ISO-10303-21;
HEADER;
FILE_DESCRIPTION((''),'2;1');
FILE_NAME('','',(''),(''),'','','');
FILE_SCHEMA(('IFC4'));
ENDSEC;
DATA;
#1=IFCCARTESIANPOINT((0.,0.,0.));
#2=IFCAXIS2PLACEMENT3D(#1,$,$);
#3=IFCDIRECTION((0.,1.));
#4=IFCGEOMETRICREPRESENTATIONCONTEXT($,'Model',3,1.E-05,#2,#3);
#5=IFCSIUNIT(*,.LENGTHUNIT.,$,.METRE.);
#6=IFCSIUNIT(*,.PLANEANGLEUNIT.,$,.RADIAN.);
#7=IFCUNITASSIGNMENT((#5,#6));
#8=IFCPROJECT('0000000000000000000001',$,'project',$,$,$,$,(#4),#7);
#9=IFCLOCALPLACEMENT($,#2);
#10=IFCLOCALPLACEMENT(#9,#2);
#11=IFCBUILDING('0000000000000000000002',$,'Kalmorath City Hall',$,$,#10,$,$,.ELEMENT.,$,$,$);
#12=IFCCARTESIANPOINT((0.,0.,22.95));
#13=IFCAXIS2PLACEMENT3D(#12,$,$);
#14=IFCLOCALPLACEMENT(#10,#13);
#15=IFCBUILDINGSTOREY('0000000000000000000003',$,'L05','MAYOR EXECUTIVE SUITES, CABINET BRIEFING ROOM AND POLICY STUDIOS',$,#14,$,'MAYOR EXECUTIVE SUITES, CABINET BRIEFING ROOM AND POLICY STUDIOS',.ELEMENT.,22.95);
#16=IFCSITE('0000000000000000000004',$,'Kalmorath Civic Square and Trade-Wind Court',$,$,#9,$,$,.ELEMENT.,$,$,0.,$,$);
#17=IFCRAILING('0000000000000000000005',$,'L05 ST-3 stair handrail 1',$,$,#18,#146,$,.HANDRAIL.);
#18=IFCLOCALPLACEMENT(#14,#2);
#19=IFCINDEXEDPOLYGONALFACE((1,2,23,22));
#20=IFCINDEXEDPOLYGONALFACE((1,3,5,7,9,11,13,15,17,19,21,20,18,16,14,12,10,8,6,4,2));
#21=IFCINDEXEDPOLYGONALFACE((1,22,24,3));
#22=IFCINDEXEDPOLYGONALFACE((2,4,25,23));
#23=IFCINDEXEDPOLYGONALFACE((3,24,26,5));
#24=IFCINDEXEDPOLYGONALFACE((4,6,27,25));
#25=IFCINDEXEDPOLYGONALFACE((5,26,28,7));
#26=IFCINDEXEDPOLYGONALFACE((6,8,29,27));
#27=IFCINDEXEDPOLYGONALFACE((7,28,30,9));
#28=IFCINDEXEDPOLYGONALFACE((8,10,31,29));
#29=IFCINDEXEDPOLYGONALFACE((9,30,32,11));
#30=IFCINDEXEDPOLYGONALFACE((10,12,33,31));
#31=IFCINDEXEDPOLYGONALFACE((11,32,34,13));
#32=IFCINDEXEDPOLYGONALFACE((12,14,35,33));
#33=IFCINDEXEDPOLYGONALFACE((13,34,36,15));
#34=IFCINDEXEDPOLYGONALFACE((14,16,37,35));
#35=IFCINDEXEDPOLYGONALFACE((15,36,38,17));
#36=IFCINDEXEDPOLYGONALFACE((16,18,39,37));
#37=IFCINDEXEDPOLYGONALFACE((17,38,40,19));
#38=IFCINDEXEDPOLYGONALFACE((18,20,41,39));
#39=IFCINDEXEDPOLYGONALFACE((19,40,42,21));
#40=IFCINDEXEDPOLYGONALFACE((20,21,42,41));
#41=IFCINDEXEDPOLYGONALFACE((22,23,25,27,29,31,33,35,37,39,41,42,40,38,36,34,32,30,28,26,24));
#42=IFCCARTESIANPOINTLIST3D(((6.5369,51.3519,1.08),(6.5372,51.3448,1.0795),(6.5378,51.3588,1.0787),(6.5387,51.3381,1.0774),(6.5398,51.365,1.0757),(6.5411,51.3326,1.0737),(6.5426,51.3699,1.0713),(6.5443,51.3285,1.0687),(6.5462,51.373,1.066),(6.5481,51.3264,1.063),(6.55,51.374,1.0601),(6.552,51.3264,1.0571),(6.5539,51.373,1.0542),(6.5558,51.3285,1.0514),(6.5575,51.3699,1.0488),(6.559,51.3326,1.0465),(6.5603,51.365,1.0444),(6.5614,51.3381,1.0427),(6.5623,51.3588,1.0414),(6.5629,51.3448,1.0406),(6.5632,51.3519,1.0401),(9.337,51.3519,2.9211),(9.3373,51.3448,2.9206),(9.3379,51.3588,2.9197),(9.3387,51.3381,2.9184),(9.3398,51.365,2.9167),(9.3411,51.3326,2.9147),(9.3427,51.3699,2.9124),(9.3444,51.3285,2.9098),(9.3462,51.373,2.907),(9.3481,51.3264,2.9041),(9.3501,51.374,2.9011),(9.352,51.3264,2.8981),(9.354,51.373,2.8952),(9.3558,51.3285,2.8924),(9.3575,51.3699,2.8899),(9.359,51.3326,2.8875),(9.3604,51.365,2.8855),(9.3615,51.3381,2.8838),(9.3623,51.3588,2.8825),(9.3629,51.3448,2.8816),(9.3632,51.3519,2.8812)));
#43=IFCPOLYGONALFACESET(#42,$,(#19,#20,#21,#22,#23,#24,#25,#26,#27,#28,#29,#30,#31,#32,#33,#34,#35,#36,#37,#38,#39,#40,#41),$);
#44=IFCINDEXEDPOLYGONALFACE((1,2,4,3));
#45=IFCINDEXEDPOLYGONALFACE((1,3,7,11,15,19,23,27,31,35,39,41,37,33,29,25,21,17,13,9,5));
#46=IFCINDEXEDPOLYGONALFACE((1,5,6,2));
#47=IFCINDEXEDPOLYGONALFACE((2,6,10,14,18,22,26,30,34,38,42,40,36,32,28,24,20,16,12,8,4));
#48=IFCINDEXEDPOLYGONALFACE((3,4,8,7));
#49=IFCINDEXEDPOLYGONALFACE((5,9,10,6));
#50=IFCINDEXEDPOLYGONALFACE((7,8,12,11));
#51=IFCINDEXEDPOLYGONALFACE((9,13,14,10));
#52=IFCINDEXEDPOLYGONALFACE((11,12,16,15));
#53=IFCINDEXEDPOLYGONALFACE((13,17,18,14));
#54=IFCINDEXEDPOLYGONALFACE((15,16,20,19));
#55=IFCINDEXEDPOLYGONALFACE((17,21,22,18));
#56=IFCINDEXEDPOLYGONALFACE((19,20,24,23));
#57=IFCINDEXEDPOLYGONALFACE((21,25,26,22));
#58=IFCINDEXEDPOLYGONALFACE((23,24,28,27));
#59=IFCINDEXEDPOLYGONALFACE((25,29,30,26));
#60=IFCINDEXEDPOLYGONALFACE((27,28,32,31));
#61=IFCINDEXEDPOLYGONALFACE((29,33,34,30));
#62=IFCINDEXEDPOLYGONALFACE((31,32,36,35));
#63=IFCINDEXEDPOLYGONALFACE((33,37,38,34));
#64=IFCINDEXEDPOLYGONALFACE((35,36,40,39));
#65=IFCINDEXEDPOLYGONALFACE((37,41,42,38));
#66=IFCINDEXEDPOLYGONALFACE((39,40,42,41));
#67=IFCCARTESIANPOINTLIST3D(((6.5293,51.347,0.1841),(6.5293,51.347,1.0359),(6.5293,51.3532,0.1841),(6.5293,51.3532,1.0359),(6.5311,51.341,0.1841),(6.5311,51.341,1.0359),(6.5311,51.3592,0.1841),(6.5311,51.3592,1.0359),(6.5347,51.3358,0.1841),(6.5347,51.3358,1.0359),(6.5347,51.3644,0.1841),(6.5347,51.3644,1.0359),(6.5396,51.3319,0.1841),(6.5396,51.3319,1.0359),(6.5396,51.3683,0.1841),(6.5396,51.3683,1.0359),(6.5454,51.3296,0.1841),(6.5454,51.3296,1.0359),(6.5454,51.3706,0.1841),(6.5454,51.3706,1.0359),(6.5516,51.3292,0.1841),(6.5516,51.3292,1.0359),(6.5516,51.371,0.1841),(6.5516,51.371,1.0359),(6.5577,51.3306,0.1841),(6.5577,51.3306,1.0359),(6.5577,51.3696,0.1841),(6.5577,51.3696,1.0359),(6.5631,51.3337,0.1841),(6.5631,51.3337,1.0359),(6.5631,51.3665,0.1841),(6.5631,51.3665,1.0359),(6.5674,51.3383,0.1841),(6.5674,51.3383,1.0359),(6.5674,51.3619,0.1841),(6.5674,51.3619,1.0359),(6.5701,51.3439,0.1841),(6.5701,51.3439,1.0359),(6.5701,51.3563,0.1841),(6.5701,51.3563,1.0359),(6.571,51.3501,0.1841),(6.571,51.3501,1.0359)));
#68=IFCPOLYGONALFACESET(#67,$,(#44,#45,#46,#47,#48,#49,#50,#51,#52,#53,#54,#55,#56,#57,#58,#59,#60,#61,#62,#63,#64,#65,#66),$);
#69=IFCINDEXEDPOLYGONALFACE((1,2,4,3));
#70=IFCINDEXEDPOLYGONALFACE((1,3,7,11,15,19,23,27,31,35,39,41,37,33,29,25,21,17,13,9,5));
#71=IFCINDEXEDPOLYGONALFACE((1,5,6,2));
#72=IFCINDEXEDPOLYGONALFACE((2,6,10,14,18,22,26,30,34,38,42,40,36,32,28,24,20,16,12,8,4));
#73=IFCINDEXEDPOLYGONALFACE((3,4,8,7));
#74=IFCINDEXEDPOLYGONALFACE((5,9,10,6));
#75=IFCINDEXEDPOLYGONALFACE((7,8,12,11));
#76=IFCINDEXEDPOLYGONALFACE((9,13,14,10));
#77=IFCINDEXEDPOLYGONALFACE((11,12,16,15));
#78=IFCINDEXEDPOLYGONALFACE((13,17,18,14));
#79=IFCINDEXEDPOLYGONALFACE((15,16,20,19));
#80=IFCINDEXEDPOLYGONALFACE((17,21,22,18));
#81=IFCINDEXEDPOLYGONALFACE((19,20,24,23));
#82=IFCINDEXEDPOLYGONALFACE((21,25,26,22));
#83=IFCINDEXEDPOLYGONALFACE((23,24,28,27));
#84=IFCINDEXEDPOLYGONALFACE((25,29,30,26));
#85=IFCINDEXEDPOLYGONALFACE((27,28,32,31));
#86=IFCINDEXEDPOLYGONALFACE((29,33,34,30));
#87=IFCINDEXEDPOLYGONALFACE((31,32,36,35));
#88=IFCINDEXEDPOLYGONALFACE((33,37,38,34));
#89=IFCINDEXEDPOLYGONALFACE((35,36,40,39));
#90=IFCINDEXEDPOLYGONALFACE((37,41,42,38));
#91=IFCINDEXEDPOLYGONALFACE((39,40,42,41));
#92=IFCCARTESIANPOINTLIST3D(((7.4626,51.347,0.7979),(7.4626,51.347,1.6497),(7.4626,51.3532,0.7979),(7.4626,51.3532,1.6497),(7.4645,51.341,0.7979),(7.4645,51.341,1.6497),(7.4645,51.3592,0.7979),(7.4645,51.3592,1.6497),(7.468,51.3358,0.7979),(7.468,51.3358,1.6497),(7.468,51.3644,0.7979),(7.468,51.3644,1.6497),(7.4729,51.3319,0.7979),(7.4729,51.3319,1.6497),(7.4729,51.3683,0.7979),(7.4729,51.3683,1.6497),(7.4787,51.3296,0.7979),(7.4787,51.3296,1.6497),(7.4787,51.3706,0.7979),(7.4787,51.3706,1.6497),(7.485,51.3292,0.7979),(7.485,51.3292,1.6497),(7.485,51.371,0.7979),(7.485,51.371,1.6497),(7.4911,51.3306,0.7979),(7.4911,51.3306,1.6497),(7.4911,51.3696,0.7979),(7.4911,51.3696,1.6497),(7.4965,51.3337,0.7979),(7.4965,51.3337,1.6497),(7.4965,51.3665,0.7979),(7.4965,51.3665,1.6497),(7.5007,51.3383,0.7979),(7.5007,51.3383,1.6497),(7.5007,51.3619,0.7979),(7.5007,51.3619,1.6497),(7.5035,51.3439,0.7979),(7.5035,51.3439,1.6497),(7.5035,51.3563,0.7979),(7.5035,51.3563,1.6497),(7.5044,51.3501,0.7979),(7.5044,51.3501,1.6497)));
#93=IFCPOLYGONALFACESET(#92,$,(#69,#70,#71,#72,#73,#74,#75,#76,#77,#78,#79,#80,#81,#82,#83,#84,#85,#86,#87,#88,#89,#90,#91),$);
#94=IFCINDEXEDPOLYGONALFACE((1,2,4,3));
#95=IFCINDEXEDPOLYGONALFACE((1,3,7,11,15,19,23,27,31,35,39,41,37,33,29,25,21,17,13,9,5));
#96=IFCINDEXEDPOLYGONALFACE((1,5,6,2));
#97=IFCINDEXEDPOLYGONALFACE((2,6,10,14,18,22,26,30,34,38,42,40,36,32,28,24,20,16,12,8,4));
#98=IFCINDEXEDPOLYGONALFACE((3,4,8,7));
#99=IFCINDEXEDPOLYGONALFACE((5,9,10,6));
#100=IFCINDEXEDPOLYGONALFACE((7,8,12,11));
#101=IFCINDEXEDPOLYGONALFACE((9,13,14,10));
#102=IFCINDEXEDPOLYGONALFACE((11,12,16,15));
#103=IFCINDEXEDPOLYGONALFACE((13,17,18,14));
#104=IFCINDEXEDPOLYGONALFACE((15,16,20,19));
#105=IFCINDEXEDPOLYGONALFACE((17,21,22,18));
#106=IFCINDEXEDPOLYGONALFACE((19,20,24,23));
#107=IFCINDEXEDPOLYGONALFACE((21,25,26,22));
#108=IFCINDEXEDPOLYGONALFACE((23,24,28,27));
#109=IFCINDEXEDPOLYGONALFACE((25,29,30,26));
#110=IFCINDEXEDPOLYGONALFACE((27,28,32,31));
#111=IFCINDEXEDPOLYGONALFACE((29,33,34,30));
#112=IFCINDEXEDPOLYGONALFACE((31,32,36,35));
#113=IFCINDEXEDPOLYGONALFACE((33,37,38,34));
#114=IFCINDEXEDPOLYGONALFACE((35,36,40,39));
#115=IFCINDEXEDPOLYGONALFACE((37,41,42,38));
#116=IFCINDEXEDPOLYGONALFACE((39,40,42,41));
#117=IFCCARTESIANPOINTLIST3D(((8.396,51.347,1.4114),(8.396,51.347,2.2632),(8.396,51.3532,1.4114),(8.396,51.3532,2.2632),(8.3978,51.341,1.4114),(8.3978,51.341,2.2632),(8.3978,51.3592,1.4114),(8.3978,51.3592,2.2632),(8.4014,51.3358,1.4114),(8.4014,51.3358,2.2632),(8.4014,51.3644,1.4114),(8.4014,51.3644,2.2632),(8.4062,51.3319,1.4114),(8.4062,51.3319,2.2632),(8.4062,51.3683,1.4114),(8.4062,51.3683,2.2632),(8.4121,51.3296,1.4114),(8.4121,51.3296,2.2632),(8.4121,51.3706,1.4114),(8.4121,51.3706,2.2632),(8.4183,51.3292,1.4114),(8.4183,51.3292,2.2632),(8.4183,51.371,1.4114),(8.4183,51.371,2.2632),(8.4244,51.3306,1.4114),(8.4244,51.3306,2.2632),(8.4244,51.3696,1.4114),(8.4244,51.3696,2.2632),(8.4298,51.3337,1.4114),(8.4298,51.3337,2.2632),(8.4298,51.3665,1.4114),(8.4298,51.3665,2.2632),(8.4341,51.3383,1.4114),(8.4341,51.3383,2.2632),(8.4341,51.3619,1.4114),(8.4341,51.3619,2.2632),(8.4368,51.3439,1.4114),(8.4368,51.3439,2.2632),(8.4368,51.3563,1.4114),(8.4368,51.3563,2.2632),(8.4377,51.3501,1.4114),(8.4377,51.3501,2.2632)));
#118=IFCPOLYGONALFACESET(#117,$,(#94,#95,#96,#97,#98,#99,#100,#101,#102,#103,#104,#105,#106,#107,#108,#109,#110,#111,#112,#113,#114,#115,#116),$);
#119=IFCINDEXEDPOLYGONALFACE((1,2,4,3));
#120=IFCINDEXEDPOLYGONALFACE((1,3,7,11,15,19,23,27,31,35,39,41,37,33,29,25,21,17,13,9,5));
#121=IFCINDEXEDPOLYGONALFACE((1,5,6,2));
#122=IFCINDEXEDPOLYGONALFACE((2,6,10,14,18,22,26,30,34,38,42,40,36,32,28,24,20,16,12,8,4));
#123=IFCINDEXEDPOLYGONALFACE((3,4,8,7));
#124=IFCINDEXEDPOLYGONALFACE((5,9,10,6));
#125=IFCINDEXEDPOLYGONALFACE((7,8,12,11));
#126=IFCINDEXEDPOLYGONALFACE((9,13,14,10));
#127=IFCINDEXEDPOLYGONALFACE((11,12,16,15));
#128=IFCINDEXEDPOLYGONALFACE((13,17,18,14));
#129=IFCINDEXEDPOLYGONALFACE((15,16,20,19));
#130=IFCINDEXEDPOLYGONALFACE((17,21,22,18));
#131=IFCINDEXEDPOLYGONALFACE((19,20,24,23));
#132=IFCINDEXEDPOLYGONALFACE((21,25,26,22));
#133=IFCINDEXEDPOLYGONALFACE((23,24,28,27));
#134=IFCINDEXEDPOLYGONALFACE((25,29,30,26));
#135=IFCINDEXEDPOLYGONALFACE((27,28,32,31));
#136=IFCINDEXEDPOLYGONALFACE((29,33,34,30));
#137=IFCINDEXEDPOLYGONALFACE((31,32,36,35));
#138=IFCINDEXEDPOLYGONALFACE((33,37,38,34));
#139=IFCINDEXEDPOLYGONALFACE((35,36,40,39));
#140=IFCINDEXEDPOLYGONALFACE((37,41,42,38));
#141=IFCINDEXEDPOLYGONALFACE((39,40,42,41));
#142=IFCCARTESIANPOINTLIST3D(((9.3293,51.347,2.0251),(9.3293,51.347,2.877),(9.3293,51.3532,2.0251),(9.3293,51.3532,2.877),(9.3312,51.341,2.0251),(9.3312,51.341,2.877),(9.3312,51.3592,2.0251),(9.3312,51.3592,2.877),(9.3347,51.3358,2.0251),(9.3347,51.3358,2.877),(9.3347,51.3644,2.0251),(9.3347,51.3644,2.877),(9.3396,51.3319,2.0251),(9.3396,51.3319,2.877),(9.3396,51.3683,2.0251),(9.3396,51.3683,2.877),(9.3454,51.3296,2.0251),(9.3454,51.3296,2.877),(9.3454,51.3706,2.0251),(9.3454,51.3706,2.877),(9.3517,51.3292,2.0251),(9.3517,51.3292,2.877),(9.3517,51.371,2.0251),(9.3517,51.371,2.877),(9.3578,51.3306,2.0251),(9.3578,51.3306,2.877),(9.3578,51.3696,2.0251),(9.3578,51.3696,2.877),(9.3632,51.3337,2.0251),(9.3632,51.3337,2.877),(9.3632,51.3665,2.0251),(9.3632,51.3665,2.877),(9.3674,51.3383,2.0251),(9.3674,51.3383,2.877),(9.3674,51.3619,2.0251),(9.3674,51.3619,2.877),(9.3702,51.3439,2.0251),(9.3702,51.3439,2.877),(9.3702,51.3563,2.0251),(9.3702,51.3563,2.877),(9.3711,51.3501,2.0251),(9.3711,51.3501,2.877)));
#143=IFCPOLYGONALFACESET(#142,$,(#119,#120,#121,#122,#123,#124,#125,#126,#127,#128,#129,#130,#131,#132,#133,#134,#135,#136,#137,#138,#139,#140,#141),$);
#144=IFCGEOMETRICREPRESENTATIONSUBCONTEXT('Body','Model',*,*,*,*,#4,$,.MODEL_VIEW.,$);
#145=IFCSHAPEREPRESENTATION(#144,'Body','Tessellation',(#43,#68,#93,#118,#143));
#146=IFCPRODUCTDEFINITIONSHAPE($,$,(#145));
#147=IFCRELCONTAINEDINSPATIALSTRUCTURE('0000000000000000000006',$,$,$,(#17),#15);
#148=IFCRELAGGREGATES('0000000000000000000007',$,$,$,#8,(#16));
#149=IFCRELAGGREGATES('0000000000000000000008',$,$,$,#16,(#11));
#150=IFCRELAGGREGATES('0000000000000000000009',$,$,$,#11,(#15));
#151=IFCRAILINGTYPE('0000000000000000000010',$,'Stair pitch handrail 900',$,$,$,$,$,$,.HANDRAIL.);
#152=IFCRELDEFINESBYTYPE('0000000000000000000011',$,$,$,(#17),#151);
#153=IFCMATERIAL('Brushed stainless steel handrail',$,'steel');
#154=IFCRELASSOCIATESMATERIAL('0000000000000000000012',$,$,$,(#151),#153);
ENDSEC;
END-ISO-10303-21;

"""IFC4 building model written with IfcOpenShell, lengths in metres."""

from ifc_helpers import new_model, si_unit, direction, frame, origin, origin_2d, place, context, subcontext, project, spatial, circle, extrude, material, type_object, element, save


model = new_model("IFC4")

# Units and contexts
model_context = context("Model", 3, precision=1e-05, world=origin(), true_north=direction((0.0, 1.0)))
body_context = subcontext(model_context, "Body", "Model", "MODEL_VIEW")
ifc_project = project(units=[si_unit("LENGTHUNIT", "METRE"), si_unit("PLANEANGLEUNIT", "RADIAN")], contexts=[model_context])

# Site, building, storey
site_placement = place(None, origin())
site = spatial("IfcSite", under=ifc_project, at=site_placement, Name="Kalmorath Civic Square and Trade-Wind Court", CompositionType="ELEMENT", RefElevation=0.0)
building_placement = place(site_placement, origin())
building = spatial("IfcBuilding", under=site, at=building_placement, Name="Kalmorath City Hall", CompositionType="ELEMENT")
storey_placement = place(building_placement, frame((0.0, 0.0, 22.95)))
storey = spatial("IfcBuildingStorey", under=building, at=storey_placement, Name="L05", Description="MAYOR EXECUTIVE SUITES, CABINET BRIEFING ROOM AND POLICY STUDIOS", LongName="MAYOR EXECUTIVE SUITES, CABINET BRIEFING ROOM AND POLICY STUDIOS", CompositionType="ELEMENT", Elevation=22.95)

# Railing
ifc_material_1 = material(Name="Brushed stainless steel handrail", Category="steel")
railing_type_1 = type_object("IfcRailingType", Name="Stair pitch handrail 900", PredefinedType="HANDRAIL", material=ifc_material_1)
railing_1_placement = place(storey_placement, frame((6.55, 51.3501, 0.1841)))
element("IfcRailing", 1, at=railing_1_placement, inside=storey, type_object=railing_type_1, Name="L05 ST-3 stair handrail 1", PredefinedType="HANDRAIL", context=body_context, shape_type="SweptSolid", body=[
    extrude(circle(Radius=0.0239, at=origin_2d()), frame((0.0, 0.0, 0.876), z_axis=(0.835564, 0.0, 0.549393), x_axis=(0.0, 1.0, 0.0)), (0.0, 0.0, 1.0), 3.3511),
    extrude(circle(Radius=0.021, at=origin_2d()), origin(), (0.0, 0.0, 1.0), 0.8518),
    extrude(circle(Radius=0.021, at=origin_2d()), frame((0.9333, 0.0, 0.6138)), (0.0, 0.0, 1.0), 0.8518),
    extrude(circle(Radius=0.021, at=origin_2d()), frame((1.8667, 0.0, 1.2273)), (0.0, 0.0, 1.0), 0.8518),
    extrude(circle(Radius=0.021, at=origin_2d()), frame((2.8, 0.0, 1.8411)), (0.0, 0.0, 1.0), 0.8518),
])

save(model, "model.ifc")
